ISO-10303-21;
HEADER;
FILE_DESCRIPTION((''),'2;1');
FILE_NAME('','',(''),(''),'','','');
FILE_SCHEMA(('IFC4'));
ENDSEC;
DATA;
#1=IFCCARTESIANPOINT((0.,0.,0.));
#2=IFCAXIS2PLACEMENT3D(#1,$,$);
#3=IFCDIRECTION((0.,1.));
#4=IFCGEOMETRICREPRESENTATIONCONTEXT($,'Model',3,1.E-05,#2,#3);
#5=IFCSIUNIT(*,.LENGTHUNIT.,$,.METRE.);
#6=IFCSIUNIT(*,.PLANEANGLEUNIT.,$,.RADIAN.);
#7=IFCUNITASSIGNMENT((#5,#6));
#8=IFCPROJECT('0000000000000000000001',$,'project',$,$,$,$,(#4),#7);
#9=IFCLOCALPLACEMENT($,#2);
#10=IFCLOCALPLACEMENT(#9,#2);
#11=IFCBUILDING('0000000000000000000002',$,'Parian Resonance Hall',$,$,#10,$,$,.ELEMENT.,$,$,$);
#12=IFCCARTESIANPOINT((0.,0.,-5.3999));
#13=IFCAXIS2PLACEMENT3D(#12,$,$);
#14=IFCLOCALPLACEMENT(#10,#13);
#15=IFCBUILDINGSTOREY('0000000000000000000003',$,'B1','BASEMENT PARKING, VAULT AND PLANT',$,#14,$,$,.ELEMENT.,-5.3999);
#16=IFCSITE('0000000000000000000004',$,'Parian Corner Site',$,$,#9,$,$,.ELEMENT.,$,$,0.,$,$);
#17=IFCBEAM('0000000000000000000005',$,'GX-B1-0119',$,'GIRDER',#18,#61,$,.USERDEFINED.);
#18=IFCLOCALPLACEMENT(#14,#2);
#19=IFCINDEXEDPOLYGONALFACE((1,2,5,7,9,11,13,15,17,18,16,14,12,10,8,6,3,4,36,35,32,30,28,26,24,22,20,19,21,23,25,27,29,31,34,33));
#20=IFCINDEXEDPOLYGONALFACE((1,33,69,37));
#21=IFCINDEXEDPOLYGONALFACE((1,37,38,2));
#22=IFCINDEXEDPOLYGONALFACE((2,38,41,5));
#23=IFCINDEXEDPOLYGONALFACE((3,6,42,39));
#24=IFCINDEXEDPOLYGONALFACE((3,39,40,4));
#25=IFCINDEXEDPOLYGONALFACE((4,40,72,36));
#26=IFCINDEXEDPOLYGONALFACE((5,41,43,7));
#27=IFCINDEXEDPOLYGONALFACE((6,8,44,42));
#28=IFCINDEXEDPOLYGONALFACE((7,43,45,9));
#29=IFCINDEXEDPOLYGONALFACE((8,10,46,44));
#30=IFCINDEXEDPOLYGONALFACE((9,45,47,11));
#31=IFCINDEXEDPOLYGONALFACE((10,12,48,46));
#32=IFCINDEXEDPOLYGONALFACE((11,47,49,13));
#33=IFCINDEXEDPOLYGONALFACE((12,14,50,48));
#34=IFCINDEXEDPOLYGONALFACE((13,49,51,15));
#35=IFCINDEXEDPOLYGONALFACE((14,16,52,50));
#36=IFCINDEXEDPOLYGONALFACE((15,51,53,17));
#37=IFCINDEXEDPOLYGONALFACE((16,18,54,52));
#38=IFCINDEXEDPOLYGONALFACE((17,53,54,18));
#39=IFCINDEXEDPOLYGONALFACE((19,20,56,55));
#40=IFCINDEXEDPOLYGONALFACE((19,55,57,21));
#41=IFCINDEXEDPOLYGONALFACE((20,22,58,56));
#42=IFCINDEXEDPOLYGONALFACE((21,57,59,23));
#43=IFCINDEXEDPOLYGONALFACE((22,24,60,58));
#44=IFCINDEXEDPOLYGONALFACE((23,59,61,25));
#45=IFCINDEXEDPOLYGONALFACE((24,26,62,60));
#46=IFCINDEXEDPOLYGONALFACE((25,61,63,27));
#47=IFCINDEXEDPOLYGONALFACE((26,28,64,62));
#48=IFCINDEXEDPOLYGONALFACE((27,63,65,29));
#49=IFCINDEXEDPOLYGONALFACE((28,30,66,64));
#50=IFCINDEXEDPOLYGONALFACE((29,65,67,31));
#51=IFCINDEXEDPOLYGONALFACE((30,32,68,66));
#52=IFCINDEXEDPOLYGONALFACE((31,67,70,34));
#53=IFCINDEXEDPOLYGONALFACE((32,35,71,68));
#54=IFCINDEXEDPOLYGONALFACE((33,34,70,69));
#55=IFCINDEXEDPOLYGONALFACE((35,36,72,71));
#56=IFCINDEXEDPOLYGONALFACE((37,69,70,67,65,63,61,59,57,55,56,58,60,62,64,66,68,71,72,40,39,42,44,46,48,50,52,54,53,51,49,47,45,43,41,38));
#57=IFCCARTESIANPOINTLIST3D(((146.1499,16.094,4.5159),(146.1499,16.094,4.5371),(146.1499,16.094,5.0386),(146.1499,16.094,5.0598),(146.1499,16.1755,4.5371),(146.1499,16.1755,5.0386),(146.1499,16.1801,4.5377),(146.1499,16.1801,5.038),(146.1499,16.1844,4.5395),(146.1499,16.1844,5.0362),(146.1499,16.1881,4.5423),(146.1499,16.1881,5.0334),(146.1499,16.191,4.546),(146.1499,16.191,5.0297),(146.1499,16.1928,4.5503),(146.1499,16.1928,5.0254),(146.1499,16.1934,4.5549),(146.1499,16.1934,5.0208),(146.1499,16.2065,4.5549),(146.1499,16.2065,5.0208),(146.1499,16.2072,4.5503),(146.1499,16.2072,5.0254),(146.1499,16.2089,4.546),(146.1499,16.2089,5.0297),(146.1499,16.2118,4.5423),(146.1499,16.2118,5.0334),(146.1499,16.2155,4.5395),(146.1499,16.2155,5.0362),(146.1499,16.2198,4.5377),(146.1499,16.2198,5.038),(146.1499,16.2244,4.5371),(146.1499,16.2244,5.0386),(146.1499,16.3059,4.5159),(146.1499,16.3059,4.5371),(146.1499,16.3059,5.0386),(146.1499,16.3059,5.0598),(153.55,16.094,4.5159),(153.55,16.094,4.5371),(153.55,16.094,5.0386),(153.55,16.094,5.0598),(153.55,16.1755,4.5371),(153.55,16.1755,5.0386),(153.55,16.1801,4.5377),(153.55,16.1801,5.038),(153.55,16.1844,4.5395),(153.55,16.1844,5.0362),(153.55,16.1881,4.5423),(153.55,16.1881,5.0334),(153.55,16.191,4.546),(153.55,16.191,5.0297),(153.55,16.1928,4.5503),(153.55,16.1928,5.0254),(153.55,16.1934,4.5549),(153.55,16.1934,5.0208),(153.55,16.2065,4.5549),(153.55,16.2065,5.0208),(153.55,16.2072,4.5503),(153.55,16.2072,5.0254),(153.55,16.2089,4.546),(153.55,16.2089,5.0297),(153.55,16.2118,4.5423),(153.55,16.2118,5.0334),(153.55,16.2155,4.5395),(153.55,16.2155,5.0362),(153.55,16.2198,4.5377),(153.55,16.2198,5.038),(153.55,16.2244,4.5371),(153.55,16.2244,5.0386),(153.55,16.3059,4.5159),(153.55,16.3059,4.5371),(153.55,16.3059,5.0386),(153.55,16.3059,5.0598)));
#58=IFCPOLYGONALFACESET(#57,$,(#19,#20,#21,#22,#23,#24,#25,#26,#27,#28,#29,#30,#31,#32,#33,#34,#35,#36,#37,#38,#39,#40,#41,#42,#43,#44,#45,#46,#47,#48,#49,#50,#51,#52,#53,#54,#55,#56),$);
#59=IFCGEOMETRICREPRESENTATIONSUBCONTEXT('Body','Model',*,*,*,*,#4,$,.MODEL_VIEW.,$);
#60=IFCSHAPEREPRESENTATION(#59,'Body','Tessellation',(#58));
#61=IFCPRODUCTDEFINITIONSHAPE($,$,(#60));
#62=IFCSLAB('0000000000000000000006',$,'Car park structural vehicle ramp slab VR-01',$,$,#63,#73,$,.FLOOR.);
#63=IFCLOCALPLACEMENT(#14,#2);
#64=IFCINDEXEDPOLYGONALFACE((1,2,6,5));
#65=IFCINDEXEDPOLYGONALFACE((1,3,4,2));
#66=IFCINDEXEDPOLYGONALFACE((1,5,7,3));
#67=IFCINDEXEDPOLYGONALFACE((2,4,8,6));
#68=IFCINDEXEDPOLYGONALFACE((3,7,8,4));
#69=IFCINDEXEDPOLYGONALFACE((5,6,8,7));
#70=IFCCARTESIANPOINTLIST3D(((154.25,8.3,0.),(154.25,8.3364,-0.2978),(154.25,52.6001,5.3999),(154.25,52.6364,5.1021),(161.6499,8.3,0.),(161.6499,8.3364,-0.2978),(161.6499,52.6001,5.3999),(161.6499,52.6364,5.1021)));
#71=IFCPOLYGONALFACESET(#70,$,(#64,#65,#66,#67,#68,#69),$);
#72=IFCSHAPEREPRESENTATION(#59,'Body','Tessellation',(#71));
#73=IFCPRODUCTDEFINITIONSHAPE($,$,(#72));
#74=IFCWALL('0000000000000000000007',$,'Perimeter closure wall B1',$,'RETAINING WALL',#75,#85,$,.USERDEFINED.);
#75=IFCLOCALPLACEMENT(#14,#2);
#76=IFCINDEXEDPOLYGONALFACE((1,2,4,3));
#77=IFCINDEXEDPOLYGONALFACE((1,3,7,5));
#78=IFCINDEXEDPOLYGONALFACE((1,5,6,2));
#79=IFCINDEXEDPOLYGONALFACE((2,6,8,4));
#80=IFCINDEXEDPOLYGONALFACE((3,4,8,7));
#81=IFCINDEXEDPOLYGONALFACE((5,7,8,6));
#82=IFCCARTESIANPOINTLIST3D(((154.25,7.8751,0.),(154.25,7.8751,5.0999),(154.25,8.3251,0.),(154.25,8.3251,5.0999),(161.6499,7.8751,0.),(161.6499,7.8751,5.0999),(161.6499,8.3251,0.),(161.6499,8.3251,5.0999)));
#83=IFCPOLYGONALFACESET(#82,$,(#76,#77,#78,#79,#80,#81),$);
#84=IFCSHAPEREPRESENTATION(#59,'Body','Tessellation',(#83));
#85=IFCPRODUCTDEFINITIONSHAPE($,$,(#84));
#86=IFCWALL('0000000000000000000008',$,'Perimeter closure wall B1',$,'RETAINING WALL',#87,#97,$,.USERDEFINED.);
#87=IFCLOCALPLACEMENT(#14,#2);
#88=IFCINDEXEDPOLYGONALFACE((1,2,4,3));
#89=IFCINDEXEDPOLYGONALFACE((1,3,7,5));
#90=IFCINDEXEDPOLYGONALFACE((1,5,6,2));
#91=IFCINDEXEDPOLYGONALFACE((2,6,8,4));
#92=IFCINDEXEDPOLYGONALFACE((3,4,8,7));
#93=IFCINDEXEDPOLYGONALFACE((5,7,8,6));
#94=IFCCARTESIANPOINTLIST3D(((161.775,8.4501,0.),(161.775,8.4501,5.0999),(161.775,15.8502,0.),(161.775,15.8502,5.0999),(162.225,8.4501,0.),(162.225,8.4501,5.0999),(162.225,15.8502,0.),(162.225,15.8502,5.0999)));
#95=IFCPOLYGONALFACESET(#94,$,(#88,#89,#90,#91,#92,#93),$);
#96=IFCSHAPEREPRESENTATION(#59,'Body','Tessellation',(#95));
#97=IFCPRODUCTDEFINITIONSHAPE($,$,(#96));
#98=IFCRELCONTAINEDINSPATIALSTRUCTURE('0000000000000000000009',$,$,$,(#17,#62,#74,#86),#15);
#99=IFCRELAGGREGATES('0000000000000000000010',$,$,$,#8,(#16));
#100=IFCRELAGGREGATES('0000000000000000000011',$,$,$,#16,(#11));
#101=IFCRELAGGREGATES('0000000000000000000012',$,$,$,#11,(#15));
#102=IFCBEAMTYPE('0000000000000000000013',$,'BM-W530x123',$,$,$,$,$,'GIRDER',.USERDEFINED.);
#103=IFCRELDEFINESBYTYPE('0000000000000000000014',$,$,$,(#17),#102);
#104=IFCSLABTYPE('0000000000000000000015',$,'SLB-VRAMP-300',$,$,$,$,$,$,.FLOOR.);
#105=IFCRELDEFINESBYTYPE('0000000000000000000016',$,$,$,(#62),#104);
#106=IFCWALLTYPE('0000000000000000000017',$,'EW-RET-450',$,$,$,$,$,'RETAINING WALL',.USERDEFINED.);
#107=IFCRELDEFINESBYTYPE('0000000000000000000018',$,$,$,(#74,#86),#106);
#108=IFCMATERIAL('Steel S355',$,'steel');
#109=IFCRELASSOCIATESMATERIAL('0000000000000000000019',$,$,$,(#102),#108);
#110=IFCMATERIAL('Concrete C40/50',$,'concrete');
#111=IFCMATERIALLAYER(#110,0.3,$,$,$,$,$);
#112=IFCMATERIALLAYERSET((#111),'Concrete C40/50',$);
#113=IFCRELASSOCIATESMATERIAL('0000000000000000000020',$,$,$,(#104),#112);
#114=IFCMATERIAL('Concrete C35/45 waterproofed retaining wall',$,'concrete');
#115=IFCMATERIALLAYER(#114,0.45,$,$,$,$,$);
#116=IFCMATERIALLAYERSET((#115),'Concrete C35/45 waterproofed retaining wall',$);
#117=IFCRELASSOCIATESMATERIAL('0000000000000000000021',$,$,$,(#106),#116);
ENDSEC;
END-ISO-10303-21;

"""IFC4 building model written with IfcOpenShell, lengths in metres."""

from ifc_helpers import new_model, si_unit, direction, frame, frame_2d, origin, origin_2d, place, context, subcontext, project, spatial, polyline, rectangle, i_section, outline, extrude, material, layer, layer_set, material_profile, profile_set, type_object, element, save


model = new_model("IFC4")

# Units and contexts
model_context = context("Model", 3, precision=1e-05, world=origin(), true_north=direction((0.0, 1.0)))
body_context = subcontext(model_context, "Body", "Model", "MODEL_VIEW")
ifc_project = project(units=[si_unit("LENGTHUNIT", "METRE"), si_unit("PLANEANGLEUNIT", "RADIAN")], contexts=[model_context])

# Site, building, storey
site_placement = place(None, origin())
site = spatial("IfcSite", under=ifc_project, at=site_placement, Name="Parian Corner Site", CompositionType="ELEMENT", RefElevation=0.0)
building_placement = place(site_placement, origin())
building = spatial("IfcBuilding", under=site, at=building_placement, Name="Parian Resonance Hall", CompositionType="ELEMENT")
storey_placement = place(building_placement, frame((0.0, 0.0, -5.3999)))
storey = spatial("IfcBuildingStorey", under=building, at=storey_placement, Name="B1", Description="BASEMENT PARKING, VAULT AND PLANT", CompositionType="ELEMENT", Elevation=-5.3999)

# Beam
ifc_material_1 = material(Name="Steel S355", Category="steel")
ifc_material_profile_1 = material_profile(ifc_material_1, i_section(OverallWidth=0.2119, OverallDepth=0.5439, WebThickness=0.0132, FlangeThickness=0.0212, FilletRadius=0.0178, at=origin_2d()), Name="W530x123")
ifc_profile_set_1 = profile_set([ifc_material_profile_1], Name="Steel S355")
beam_type_1 = type_object("IfcBeamType", Name="BM-W530x123", ElementType="GIRDER", PredefinedType="USERDEFINED", material=ifc_profile_set_1)
beam_1_placement = place(storey_placement, frame((146.1499, 16.2, 4.7878), z_axis=(1.0, 0.0, 0.0), x_axis=(0.0, 1.0, 0.0)))
element("IfcBeam", 1, at=beam_1_placement, inside=storey, type_object=beam_type_1, Name="GX-B1-0119", ObjectType="GIRDER", PredefinedType="USERDEFINED", context=body_context, shape_type="SweptSolid", body=[
    extrude(i_section(OverallWidth=0.2119, OverallDepth=0.5439, WebThickness=0.0132, FlangeThickness=0.0212, FilletRadius=0.0178, at=origin_2d()), origin(), (0.0, 0.0, 1.0), 7.4001),
])

# Slab
ifc_material_2 = material(Name="Concrete C40/50", Category="concrete")
ifc_layer_1 = layer(ifc_material_2, 0.3)
ifc_layer_set_1 = layer_set([ifc_layer_1], Name="Concrete C40/50")
slab_type = type_object("IfcSlabType", Name="SLB-VRAMP-300", PredefinedType="FLOOR", material=ifc_layer_set_1)
slab_placement = place(storey_placement, frame((154.25, 8.3, 0.0), z_axis=(0.0, -0.120998, 0.992653), x_axis=(1.0, 0.0, 0.0)))
element("IfcSlab", 2, at=slab_placement, inside=storey, type_object=slab_type, Name="Car park structural vehicle ramp slab VR-01", PredefinedType="FLOOR", context=body_context, shape_type="SweptSolid", body=[
    extrude(outline(polyline([(0.0, 0.0), (7.3999, 0.0), (7.3999, 44.6279), (0.0, 44.6279), (0.0, 0.0)])), origin(), (0.0, 0.0, -1.0), 0.3),
])

# Walls
ifc_material_3 = material(Name="Concrete C35/45 waterproofed retaining wall", Category="concrete")
ifc_layer_2 = layer(ifc_material_3, 0.45)
ifc_layer_set_2 = layer_set([ifc_layer_2], Name="Concrete C35/45 waterproofed retaining wall")
wall_type = type_object("IfcWallType", Name="EW-RET-450", ElementType="RETAINING WALL", PredefinedType="USERDEFINED", material=ifc_layer_set_2)
wall_1_placement = place(storey_placement, frame((154.25, 8.1001, 0.0), z_axis=(0.0, 0.0, 1.0), x_axis=(1.0, 0.0, 0.0)))
element("IfcWall", 3, at=wall_1_placement, inside=storey, type_object=wall_type, Name="Perimeter closure wall B1", ObjectType="RETAINING WALL", PredefinedType="USERDEFINED", context=body_context, shape_type="SweptSolid", body=[
    extrude(rectangle(XDim=7.3999, YDim=0.45, at=frame_2d((3.7, 0.0))), origin(), (0.0, 0.0, 1.0), 5.0999),
])
wall_2_placement = place(storey_placement, frame((162.0, 8.45, 0.0), z_axis=(0.0, 0.0, 1.0), x_axis=(0.0, 1.0, 0.0)))
element("IfcWall", 4, at=wall_2_placement, inside=storey, type_object=wall_type, Name="Perimeter closure wall B1", ObjectType="RETAINING WALL", PredefinedType="USERDEFINED", context=body_context, shape_type="SweptSolid", body=[
    extrude(rectangle(XDim=7.4001, YDim=0.45, at=frame_2d((3.7002, 0.0))), origin(), (0.0, 0.0, 1.0), 5.0999),
])

save(model, "model.ifc")
